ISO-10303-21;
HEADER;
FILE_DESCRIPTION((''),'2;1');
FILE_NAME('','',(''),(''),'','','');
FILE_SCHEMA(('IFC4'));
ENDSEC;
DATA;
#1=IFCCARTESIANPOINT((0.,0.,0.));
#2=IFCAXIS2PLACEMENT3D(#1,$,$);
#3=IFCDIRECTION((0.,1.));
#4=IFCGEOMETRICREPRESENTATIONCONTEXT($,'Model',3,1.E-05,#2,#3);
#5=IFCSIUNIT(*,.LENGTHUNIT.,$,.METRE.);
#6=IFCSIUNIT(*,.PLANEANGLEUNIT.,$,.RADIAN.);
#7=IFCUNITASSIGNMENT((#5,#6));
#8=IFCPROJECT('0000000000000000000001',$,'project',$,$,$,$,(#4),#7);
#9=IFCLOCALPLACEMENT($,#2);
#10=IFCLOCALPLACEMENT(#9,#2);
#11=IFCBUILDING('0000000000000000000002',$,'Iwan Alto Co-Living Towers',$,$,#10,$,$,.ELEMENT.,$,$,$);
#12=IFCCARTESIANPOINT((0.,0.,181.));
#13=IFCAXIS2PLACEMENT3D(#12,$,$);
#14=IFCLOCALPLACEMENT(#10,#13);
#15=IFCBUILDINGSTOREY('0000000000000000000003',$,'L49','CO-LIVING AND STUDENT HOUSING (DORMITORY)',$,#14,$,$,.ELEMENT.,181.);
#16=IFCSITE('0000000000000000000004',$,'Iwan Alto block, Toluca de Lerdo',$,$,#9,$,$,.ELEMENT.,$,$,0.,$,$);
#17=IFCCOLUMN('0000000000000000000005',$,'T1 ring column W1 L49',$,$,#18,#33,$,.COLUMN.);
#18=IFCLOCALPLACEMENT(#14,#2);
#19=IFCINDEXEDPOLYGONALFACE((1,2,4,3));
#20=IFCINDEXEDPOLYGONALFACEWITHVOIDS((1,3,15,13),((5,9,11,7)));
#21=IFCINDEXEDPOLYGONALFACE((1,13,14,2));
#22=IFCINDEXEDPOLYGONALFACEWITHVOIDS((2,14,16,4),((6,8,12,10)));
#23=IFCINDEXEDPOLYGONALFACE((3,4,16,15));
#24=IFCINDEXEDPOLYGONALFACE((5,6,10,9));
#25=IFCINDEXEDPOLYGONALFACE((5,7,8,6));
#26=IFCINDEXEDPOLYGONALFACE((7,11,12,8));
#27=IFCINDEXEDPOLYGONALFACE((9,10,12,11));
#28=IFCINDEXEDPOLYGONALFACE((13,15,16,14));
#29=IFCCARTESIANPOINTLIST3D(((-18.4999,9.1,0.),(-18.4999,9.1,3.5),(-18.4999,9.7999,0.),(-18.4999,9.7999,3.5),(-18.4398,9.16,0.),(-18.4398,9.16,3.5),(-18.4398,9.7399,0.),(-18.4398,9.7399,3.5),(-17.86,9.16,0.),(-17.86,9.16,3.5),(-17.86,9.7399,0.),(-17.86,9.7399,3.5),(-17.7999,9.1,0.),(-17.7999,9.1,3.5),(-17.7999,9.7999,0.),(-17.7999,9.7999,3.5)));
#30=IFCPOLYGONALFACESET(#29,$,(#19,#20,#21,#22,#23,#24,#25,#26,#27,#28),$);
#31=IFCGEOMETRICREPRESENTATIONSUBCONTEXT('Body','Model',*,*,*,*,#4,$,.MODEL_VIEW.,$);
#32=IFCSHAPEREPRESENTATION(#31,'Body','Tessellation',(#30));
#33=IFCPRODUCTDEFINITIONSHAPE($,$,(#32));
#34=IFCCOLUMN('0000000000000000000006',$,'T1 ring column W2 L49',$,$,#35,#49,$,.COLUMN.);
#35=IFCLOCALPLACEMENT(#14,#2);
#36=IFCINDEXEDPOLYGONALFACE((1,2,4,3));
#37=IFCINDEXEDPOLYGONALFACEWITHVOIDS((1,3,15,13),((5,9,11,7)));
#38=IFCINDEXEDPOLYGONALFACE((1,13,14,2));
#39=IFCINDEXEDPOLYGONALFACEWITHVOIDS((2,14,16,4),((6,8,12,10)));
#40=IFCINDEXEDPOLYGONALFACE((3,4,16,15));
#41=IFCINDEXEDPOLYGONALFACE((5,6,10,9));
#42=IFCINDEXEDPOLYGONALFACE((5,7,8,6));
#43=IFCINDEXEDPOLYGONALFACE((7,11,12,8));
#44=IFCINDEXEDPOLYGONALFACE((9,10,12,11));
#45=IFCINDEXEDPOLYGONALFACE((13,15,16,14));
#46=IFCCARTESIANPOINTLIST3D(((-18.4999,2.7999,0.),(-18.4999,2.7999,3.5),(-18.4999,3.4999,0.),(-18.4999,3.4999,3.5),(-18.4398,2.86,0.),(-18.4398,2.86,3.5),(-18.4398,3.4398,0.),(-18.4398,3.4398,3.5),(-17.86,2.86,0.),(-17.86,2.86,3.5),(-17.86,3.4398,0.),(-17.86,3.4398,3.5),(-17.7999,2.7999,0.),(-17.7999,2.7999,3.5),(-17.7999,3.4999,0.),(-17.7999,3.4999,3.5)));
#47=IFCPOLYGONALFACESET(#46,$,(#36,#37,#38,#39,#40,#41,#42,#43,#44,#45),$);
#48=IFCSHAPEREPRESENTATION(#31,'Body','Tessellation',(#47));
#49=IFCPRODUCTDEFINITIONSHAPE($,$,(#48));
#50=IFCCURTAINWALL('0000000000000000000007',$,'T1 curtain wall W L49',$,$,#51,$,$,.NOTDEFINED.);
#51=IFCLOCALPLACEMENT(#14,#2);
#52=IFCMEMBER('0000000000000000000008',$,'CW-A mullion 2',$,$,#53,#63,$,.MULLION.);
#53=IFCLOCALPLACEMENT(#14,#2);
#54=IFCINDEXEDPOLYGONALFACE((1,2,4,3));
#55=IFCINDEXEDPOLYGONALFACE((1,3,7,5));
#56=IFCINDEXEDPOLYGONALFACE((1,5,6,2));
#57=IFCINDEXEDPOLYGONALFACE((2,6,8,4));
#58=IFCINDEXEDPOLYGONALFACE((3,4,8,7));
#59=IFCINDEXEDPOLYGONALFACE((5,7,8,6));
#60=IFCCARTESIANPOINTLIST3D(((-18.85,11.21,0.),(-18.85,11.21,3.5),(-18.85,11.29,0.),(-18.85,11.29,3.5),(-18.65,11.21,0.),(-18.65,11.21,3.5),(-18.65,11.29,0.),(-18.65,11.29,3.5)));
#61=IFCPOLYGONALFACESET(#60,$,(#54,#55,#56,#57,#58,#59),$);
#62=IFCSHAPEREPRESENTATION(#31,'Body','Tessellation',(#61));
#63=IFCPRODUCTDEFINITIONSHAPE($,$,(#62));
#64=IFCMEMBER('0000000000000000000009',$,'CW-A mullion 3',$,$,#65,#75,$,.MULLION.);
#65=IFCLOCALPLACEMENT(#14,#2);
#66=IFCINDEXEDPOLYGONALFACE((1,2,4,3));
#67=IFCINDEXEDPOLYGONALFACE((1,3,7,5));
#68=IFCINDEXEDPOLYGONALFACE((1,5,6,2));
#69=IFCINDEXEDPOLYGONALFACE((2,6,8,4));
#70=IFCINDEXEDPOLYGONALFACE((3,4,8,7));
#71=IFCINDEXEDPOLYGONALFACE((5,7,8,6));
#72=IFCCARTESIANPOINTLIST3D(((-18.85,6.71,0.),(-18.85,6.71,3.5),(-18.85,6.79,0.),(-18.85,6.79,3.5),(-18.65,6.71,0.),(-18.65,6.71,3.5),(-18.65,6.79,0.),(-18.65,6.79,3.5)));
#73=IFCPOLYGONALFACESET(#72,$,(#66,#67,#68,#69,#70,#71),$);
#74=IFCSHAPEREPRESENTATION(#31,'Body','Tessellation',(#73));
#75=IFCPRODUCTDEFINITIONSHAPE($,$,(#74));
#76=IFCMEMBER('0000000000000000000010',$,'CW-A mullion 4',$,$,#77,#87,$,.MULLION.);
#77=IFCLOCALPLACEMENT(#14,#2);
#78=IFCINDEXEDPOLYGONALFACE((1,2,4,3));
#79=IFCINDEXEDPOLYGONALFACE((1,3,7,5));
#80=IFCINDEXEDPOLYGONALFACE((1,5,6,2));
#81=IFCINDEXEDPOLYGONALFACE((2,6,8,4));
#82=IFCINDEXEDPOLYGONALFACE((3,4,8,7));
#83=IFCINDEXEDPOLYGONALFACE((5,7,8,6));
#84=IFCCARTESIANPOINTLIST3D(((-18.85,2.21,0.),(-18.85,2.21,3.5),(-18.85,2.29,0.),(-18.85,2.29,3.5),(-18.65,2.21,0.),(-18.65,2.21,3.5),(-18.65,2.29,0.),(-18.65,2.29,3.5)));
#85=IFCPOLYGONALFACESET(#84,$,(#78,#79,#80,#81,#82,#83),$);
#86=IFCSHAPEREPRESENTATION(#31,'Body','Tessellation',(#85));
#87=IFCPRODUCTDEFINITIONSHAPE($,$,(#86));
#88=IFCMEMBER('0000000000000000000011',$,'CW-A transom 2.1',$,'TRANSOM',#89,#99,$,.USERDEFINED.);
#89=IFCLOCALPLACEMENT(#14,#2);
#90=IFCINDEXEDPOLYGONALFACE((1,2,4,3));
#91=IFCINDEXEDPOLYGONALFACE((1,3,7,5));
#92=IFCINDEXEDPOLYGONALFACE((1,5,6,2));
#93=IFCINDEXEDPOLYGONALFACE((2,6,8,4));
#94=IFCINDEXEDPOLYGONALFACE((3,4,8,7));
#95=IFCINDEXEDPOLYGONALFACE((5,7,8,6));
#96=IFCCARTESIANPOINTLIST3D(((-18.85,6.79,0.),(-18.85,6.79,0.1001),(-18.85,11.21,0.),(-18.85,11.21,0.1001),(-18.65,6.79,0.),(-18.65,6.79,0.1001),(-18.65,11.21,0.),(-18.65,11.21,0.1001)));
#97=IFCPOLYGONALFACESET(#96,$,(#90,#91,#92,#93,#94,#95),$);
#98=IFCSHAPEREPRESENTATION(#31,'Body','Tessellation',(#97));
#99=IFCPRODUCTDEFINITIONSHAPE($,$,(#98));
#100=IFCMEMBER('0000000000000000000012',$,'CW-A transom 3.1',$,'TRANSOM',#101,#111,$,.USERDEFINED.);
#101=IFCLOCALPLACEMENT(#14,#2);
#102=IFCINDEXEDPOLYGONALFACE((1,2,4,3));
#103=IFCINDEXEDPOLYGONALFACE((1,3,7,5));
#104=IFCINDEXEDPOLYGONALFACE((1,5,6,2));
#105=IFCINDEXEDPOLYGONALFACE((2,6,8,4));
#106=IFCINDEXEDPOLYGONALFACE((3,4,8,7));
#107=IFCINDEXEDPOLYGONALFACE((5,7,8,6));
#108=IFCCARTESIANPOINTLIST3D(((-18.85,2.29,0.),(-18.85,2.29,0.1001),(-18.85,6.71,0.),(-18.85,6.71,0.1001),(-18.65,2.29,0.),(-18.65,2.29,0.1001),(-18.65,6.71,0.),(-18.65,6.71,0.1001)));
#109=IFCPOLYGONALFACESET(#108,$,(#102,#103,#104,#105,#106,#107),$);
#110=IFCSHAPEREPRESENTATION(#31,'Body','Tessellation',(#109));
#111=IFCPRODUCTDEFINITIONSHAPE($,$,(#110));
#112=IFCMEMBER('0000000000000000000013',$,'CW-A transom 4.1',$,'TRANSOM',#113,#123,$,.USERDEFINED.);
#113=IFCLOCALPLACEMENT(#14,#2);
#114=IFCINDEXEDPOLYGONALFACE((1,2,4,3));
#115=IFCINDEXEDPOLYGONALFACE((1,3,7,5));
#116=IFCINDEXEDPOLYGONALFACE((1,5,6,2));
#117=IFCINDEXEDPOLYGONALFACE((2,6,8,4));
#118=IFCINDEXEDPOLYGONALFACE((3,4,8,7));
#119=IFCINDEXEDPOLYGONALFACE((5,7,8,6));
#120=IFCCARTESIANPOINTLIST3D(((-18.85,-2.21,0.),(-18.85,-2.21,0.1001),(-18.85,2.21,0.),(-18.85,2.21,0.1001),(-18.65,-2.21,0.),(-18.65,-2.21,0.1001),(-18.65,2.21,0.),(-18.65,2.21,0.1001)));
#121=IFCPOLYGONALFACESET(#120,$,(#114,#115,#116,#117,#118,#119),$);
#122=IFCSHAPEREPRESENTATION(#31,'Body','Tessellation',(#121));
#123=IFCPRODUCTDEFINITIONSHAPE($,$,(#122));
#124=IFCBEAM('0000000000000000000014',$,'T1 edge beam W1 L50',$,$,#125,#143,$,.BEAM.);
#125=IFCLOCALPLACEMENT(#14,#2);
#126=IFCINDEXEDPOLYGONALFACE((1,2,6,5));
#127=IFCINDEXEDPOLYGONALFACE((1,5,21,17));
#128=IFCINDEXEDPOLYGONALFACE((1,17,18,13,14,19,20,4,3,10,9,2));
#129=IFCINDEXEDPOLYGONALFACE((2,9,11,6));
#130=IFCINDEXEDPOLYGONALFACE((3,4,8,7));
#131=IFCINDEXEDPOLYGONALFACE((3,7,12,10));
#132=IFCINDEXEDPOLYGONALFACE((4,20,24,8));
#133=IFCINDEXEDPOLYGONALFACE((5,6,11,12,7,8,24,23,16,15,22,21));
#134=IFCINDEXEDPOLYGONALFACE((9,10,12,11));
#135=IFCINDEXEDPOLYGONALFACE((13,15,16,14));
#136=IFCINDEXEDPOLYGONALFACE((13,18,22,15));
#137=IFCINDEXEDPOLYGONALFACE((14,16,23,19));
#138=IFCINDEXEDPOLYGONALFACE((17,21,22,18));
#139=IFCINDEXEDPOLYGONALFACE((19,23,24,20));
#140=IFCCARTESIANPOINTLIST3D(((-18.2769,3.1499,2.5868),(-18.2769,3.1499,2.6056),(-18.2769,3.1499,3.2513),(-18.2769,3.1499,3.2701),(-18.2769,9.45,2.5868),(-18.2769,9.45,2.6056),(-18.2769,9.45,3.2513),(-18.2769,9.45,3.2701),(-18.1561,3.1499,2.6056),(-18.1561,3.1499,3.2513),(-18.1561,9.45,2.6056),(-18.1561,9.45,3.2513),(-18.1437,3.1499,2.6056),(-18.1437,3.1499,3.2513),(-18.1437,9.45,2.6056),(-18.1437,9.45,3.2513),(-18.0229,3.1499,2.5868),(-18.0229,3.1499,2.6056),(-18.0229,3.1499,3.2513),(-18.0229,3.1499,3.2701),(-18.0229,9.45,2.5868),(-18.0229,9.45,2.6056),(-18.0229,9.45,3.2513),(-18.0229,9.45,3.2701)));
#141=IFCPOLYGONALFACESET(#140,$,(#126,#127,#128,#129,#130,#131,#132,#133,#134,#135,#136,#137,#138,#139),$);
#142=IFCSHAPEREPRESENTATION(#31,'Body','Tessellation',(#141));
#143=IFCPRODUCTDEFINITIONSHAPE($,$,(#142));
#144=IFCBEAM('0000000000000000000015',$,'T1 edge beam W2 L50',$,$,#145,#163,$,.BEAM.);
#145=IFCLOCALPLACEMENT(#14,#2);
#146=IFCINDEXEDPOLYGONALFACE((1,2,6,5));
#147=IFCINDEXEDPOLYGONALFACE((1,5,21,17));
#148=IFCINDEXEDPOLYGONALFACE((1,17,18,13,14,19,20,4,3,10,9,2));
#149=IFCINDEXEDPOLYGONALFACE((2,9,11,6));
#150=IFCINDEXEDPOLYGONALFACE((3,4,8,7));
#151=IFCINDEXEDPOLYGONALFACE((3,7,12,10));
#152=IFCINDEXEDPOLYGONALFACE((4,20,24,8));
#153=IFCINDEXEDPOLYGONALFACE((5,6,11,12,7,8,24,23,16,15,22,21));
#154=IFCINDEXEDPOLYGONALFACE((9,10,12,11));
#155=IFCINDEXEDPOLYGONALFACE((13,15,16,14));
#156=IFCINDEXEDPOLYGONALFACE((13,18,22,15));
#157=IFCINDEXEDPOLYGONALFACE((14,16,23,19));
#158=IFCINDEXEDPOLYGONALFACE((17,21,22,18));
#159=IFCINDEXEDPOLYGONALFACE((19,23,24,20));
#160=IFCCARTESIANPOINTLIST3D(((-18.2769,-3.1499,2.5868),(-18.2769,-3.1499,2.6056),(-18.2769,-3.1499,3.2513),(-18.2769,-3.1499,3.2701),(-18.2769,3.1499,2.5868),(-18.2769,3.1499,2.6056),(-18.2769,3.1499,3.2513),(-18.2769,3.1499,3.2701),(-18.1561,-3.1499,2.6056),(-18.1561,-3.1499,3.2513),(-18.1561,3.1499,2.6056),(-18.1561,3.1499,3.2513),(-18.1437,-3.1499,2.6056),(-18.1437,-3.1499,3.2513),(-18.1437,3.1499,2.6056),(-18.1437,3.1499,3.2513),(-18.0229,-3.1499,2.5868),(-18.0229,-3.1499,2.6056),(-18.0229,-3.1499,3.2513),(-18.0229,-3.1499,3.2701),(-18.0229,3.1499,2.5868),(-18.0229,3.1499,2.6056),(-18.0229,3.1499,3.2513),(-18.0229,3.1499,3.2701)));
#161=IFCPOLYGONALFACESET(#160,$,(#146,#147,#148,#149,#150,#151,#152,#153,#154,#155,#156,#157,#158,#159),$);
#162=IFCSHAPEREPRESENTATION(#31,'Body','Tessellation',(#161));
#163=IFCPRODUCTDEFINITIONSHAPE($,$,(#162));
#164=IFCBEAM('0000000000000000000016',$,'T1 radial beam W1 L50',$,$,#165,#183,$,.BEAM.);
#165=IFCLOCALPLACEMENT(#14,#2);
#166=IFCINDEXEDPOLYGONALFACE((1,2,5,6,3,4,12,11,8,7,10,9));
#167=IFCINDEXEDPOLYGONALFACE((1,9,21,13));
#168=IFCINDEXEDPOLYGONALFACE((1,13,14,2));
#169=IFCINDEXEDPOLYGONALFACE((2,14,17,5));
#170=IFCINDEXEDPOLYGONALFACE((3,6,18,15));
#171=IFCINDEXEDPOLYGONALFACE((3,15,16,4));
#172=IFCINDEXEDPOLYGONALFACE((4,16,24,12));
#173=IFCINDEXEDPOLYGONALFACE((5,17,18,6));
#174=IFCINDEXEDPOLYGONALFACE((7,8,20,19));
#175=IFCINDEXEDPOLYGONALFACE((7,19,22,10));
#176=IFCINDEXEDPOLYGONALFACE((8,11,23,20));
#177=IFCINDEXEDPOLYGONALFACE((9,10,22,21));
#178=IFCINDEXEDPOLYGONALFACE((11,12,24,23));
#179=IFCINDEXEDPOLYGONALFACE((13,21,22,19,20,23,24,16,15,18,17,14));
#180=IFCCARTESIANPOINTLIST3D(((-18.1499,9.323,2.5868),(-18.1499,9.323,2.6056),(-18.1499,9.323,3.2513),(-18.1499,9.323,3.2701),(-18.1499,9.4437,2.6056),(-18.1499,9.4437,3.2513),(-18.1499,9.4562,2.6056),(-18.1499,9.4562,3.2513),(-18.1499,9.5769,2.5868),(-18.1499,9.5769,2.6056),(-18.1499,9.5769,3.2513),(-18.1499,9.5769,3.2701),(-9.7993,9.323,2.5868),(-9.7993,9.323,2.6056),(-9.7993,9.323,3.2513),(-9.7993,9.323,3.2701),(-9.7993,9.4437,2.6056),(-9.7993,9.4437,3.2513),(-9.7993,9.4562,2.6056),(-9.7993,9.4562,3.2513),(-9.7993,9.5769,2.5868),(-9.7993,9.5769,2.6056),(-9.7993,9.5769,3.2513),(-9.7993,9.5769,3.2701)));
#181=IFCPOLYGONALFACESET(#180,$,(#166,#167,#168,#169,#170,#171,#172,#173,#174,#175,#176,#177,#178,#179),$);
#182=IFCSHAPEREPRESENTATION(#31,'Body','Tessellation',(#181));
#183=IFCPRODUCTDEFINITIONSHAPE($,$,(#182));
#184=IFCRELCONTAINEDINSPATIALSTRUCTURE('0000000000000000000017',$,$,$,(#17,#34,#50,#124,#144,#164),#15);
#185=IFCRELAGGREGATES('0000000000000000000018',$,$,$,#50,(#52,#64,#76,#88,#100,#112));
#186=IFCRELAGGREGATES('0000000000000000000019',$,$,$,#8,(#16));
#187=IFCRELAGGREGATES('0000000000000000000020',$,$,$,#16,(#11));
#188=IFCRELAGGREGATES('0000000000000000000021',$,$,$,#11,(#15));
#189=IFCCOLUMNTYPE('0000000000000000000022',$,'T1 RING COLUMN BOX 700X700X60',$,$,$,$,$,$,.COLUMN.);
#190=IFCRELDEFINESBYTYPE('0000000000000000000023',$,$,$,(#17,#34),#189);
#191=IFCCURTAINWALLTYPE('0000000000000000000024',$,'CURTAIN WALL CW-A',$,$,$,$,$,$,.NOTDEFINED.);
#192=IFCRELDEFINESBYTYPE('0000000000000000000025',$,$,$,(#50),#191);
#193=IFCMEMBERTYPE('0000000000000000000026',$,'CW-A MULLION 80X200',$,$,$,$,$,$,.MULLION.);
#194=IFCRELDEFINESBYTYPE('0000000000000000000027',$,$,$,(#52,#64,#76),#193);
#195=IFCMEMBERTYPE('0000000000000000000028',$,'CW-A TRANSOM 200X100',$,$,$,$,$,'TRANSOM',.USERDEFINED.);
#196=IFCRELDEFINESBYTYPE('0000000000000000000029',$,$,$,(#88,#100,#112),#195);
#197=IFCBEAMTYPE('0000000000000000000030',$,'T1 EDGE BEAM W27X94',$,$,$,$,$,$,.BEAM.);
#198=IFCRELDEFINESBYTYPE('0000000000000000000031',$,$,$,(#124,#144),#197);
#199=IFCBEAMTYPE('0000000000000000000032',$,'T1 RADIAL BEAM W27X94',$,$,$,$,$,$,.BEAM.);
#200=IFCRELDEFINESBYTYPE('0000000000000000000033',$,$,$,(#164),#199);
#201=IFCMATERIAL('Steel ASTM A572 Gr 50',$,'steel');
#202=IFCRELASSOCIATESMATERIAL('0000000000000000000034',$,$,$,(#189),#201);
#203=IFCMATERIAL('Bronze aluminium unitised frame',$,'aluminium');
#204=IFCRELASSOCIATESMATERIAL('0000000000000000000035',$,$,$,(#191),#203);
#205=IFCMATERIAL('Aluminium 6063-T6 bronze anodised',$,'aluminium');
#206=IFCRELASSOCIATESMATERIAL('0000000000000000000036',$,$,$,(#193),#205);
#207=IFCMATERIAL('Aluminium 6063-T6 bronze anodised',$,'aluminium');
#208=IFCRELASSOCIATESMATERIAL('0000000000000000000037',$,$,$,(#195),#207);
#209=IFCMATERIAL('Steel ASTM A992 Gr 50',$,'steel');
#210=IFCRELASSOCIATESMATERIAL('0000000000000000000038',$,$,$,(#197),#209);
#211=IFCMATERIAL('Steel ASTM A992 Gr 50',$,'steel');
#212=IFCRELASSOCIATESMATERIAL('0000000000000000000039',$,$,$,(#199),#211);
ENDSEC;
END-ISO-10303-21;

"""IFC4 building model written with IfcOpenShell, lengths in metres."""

from ifc_helpers import new_model, si_unit, direction, frame, origin, origin_2d, place, context, subcontext, project, spatial, rectangle, hollow_rectangle, i_section, extrude, material, material_profile, profile_set, type_object, element, aggregate, save


model = new_model("IFC4")

# Units and contexts
model_context = context("Model", 3, precision=1e-05, world=origin(), true_north=direction((0.0, 1.0)))
body_context = subcontext(model_context, "Body", "Model", "MODEL_VIEW")
ifc_project = project(units=[si_unit("LENGTHUNIT", "METRE"), si_unit("PLANEANGLEUNIT", "RADIAN")], contexts=[model_context])

# Site, building, storey
site_placement = place(None, origin())
site = spatial("IfcSite", under=ifc_project, at=site_placement, Name="Iwan Alto block, Toluca de Lerdo", CompositionType="ELEMENT", RefElevation=0.0)
building_placement = place(site_placement, origin())
building = spatial("IfcBuilding", under=site, at=building_placement, Name="Iwan Alto Co-Living Towers", CompositionType="ELEMENT")
storey_placement = place(building_placement, frame((0.0, 0.0, 181.0)))
storey = spatial("IfcBuildingStorey", under=building, at=storey_placement, Name="L49", Description="CO-LIVING AND STUDENT HOUSING (DORMITORY)", CompositionType="ELEMENT", Elevation=181.0)

# Columns
ifc_material_1 = material(Name="Steel ASTM A572 Gr 50", Category="steel")
ifc_material_profile_1 = material_profile(ifc_material_1, hollow_rectangle(XDim=0.7, YDim=0.7, WallThickness=0.0601, at=origin_2d()), Name="BOX 700X700X60")
ifc_profile_set_1 = profile_set([ifc_material_profile_1], Name="Steel ASTM A572 Gr 50")
column_type = type_object("IfcColumnType", Name="T1 RING COLUMN BOX 700X700X60", PredefinedType="COLUMN", material=ifc_profile_set_1)
for number, where, z_axis, x_axis, name in (
    (1, (-18.1499, 9.45, 0.0), (0.0, 0.0, 1.0), (1.0, 0.0, 0.0), "T1 ring column W1 L49"),
    (2, (-18.1499, 3.1499, 0.0), (0.0, 0.0, 1.0), (1.0, 0.0, 0.0), "T1 ring column W2 L49"),
):
    element("IfcColumn", number, at=place(storey_placement, frame(where, z_axis=z_axis, x_axis=x_axis)), inside=storey, type_object=column_type, Name=name, PredefinedType="COLUMN", context=body_context, shape_type="SweptSolid", body=[
        extrude(hollow_rectangle(XDim=0.7, YDim=0.7, WallThickness=0.0601, at=origin_2d()), origin(), (0.0, 0.0, 1.0), 3.5),
    ])

# Curtain wall, members
ifc_material_2 = material(Name="Bronze aluminium unitised frame", Category="aluminium")
curtain_wall_type = type_object("IfcCurtainWallType", Name="CURTAIN WALL CW-A", PredefinedType="NOTDEFINED", material=ifc_material_2)
curtain_wall_placement = place(storey_placement, origin())
curtain_wall = element("IfcCurtainWall", 3, at=curtain_wall_placement, inside=storey, type_object=curtain_wall_type, Name="T1 curtain wall W L49", PredefinedType="NOTDEFINED")
ifc_material_3 = material(Name="Aluminium 6063-T6 bronze anodised", Category="aluminium")
ifc_material_profile_2 = material_profile(ifc_material_3, rectangle(XDim=0.2, YDim=0.0801, at=origin_2d()), Name="AL 80X200")
ifc_profile_set_2 = profile_set([ifc_material_profile_2], Name="Aluminium 6063-T6 bronze anodised")
member_type_1 = type_object("IfcMemberType", Name="CW-A MULLION 80X200", PredefinedType="MULLION", material=ifc_profile_set_2)
member_1_placement = place(storey_placement, frame((-18.75, 11.25, 0.0), z_axis=(0.0, 0.0, 1.0), x_axis=(1.0, 0.0, 0.0)))
member_1 = element("IfcMember", 4, at=member_1_placement, type_object=member_type_1, Name="CW-A mullion 2", PredefinedType="MULLION", context=body_context, shape_type="SweptSolid", body=[
    extrude(rectangle(XDim=0.2, YDim=0.0801, at=origin_2d()), origin(), (0.0, 0.0, 1.0), 3.5),
])
member_2_placement = place(storey_placement, frame((-18.75, 6.75, 0.0), z_axis=(0.0, 0.0, 1.0), x_axis=(1.0, 0.0, 0.0)))
member_2 = element("IfcMember", 5, at=member_2_placement, type_object=member_type_1, Name="CW-A mullion 3", PredefinedType="MULLION", context=body_context, shape_type="SweptSolid", body=[
    extrude(rectangle(XDim=0.2, YDim=0.0801, at=origin_2d()), origin(), (0.0, 0.0, 1.0), 3.5),
])
member_3_placement = place(storey_placement, frame((-18.75, 2.25, 0.0), z_axis=(0.0, 0.0, 1.0), x_axis=(1.0, 0.0, 0.0)))
member_3 = element("IfcMember", 6, at=member_3_placement, type_object=member_type_1, Name="CW-A mullion 4", PredefinedType="MULLION", context=body_context, shape_type="SweptSolid", body=[
    extrude(rectangle(XDim=0.2, YDim=0.0801, at=origin_2d()), origin(), (0.0, 0.0, 1.0), 3.5),
])
ifc_material_4 = material(Name="Aluminium 6063-T6 bronze anodised", Category="aluminium")
ifc_material_profile_3 = material_profile(ifc_material_4, rectangle(XDim=0.2, YDim=0.1001, at=origin_2d()), Name="AL 200X100")
ifc_profile_set_3 = profile_set([ifc_material_profile_3], Name="Aluminium 6063-T6 bronze anodised")
member_type_2 = type_object("IfcMemberType", Name="CW-A TRANSOM 200X100", ElementType="TRANSOM", PredefinedType="USERDEFINED", material=ifc_profile_set_3)
member_4_placement = place(storey_placement, frame((-18.75, 11.21, 0.05), z_axis=(0.0, -1.0, 0.0), x_axis=(1.0, 0.0, 0.0)))
member_4 = element("IfcMember", 7, at=member_4_placement, type_object=member_type_2, Name="CW-A transom 2.1", ObjectType="TRANSOM", PredefinedType="USERDEFINED", context=body_context, shape_type="SweptSolid", body=[
    extrude(rectangle(XDim=0.2, YDim=0.1001, at=origin_2d()), origin(), (0.0, 0.0, 1.0), 4.4199),
])
member_5_placement = place(storey_placement, frame((-18.75, 6.71, 0.05), z_axis=(0.0, -1.0, 0.0), x_axis=(1.0, 0.0, 0.0)))
member_5 = element("IfcMember", 8, at=member_5_placement, type_object=member_type_2, Name="CW-A transom 3.1", ObjectType="TRANSOM", PredefinedType="USERDEFINED", context=body_context, shape_type="SweptSolid", body=[
    extrude(rectangle(XDim=0.2, YDim=0.1001, at=origin_2d()), origin(), (0.0, 0.0, 1.0), 4.4199),
])
member_6_placement = place(storey_placement, frame((-18.75, 2.21, 0.05), z_axis=(0.0, -1.0, 0.0), x_axis=(1.0, 0.0, 0.0)))
member_6 = element("IfcMember", 9, at=member_6_placement, type_object=member_type_2, Name="CW-A transom 4.1", ObjectType="TRANSOM", PredefinedType="USERDEFINED", context=body_context, shape_type="SweptSolid", body=[
    extrude(rectangle(XDim=0.2, YDim=0.1001, at=origin_2d()), origin(), (0.0, 0.0, 1.0), 4.4199),
])

# Beams
ifc_material_5 = material(Name="Steel ASTM A992 Gr 50", Category="steel")
ifc_material_profile_4 = material_profile(ifc_material_5, i_section(OverallWidth=0.2539, OverallDepth=0.6833, WebThickness=0.0125, FlangeThickness=0.0188, at=origin_2d()), Name="W27X94")
ifc_profile_set_4 = profile_set([ifc_material_profile_4], Name="Steel ASTM A992 Gr 50")
beam_type_1 = type_object("IfcBeamType", Name="T1 EDGE BEAM W27X94", PredefinedType="BEAM", material=ifc_profile_set_4)
beam_1_placement = place(storey_placement, frame((-18.1499, 9.45, 2.9285), z_axis=(0.0, -1.0, 0.0), x_axis=(1.0, 0.0, 0.0)))
element("IfcBeam", 10, at=beam_1_placement, inside=storey, type_object=beam_type_1, Name="T1 edge beam W1 L50", PredefinedType="BEAM", context=body_context, shape_type="SweptSolid", body=[
    extrude(i_section(OverallWidth=0.2539, OverallDepth=0.6833, WebThickness=0.0125, FlangeThickness=0.0188, at=origin_2d()), origin(), (0.0, 0.0, 1.0), 6.3),
])
beam_2_placement = place(storey_placement, frame((-18.1499, 3.1499, 2.9285), z_axis=(0.0, -1.0, 0.0), x_axis=(1.0, 0.0, 0.0)))
element("IfcBeam", 11, at=beam_2_placement, inside=storey, type_object=beam_type_1, Name="T1 edge beam W2 L50", PredefinedType="BEAM", context=body_context, shape_type="SweptSolid", body=[
    extrude(i_section(OverallWidth=0.2539, OverallDepth=0.6833, WebThickness=0.0125, FlangeThickness=0.0188, at=origin_2d()), origin(), (0.0, 0.0, 1.0), 6.2998),
])
ifc_material_6 = material(Name="Steel ASTM A992 Gr 50", Category="steel")
ifc_material_profile_5 = material_profile(ifc_material_6, i_section(OverallWidth=0.2539, OverallDepth=0.6833, WebThickness=0.0125, FlangeThickness=0.0188, at=origin_2d()), Name="W27X94")
ifc_profile_set_5 = profile_set([ifc_material_profile_5], Name="Steel ASTM A992 Gr 50")
beam_type_2 = type_object("IfcBeamType", Name="T1 RADIAL BEAM W27X94", PredefinedType="BEAM", material=ifc_profile_set_5)
for number, where, z_axis, x_axis, name in (
    (12, (-18.1499, 9.45, 2.9285), (1.0, 0.0, 0.0), (0.0, 1.0, 0.0), "T1 radial beam W1 L50"),
):
    element("IfcBeam", number, at=place(storey_placement, frame(where, z_axis=z_axis, x_axis=x_axis)), inside=storey, type_object=beam_type_2, Name=name, PredefinedType="BEAM", context=body_context, shape_type="SweptSolid", body=[
        extrude(i_section(OverallWidth=0.2539, OverallDepth=0.6833, WebThickness=0.0125, FlangeThickness=0.0188, at=origin_2d()), origin(), (0.0, 0.0, 1.0), 8.3506),
    ])

aggregate(curtain_wall, [member_1, member_2, member_3, member_4, member_5, member_6])

save(model, "model.ifc")
